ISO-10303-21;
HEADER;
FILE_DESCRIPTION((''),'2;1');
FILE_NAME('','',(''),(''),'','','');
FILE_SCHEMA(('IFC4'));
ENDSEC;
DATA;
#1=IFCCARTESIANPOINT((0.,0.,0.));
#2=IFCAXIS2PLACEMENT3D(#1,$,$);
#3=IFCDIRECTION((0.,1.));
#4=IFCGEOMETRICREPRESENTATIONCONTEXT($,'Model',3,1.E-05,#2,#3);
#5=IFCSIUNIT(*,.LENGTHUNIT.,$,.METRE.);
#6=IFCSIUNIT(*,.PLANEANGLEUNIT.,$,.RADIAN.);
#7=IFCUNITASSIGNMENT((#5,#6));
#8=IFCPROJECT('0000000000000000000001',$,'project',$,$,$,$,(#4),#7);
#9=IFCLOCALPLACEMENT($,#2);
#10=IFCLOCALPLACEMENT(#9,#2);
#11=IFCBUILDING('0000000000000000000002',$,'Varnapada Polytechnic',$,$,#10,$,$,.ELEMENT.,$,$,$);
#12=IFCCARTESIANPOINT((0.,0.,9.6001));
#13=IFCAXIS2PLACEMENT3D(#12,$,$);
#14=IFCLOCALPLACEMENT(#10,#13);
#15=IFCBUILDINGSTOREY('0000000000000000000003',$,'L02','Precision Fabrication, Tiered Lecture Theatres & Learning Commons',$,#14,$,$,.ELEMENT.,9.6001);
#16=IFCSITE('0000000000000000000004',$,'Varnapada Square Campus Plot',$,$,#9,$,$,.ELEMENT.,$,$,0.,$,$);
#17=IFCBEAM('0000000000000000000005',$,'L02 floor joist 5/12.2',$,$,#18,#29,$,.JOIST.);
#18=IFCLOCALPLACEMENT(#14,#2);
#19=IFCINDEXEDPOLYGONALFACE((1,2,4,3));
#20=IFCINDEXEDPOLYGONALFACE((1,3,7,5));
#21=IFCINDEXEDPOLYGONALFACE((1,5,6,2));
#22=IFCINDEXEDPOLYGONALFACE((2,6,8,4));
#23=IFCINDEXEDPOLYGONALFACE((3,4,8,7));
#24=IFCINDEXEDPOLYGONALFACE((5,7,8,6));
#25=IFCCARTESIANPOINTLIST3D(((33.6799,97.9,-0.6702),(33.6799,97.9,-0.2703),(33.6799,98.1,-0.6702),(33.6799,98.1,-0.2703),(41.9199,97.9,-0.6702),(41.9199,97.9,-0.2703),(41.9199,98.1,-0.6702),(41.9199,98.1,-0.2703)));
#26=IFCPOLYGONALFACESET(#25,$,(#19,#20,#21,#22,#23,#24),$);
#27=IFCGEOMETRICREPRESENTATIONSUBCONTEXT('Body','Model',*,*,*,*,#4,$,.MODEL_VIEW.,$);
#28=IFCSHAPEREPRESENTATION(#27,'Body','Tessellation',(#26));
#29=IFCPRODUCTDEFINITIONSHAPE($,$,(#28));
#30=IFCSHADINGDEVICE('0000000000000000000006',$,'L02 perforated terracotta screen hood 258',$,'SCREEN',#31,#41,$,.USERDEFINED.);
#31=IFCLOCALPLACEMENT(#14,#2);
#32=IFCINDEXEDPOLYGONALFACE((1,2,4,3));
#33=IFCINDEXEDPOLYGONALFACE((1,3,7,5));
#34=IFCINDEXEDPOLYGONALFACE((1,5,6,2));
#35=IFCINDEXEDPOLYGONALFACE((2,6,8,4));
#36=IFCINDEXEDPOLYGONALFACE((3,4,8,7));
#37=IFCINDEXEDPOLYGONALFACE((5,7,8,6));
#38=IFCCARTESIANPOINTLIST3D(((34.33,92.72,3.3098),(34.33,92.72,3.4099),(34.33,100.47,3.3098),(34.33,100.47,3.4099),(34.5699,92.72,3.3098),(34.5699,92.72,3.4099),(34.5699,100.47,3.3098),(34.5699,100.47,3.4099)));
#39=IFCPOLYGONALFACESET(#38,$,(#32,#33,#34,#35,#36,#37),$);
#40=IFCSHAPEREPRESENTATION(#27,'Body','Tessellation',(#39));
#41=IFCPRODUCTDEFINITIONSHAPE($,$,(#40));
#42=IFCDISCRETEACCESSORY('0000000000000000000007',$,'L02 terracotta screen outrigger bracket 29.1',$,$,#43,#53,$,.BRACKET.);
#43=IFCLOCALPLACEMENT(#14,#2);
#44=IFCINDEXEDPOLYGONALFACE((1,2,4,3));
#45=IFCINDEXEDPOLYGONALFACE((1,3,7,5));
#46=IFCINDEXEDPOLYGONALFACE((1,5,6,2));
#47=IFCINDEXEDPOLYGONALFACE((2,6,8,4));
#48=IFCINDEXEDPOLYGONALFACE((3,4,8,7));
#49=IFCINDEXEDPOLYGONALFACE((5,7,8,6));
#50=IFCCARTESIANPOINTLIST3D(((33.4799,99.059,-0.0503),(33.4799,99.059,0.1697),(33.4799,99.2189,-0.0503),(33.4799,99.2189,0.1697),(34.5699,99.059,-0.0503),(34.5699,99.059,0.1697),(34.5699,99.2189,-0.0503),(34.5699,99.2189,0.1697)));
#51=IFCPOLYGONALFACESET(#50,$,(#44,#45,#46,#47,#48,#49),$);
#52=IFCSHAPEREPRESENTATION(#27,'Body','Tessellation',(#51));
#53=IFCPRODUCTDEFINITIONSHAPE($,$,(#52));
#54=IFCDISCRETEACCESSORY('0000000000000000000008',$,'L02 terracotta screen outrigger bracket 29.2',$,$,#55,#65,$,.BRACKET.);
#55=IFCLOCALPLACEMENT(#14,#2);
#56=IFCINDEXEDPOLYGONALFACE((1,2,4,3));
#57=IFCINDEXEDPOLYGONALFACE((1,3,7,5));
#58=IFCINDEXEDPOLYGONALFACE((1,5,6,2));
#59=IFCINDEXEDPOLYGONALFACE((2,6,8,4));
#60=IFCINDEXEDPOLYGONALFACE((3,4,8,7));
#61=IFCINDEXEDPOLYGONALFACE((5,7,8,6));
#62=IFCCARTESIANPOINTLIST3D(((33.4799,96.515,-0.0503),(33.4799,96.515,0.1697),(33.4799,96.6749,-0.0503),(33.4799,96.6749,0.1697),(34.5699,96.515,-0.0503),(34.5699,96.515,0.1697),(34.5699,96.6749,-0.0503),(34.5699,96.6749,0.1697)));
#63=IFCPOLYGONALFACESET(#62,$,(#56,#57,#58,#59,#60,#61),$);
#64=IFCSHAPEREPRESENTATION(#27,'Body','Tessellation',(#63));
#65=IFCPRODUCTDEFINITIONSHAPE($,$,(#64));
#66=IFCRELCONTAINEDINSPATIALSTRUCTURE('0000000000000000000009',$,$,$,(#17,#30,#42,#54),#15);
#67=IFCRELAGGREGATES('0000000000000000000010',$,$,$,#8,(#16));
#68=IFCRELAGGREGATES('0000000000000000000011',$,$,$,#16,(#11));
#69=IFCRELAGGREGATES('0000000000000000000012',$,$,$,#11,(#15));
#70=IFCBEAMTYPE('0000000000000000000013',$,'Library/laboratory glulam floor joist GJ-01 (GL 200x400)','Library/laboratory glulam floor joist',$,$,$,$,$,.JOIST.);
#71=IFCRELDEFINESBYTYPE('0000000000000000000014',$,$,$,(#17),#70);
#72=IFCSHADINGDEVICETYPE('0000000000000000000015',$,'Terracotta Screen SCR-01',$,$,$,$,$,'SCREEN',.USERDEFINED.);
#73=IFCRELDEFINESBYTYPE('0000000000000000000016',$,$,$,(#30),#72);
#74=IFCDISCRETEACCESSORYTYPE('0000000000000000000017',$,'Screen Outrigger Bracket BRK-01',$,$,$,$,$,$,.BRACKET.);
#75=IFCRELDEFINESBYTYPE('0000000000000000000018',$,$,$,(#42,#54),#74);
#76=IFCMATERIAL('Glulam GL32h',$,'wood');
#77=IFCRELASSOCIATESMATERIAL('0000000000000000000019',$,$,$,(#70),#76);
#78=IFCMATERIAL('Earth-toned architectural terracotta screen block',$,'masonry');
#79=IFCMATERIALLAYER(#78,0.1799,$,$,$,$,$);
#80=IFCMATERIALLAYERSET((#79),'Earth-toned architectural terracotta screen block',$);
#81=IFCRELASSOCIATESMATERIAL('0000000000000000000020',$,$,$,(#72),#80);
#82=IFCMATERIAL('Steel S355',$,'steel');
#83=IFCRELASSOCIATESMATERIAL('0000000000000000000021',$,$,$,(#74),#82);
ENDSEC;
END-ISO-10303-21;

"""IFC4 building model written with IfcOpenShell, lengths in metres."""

from ifc_helpers import new_model, si_unit, direction, frame, origin, origin_2d, place, context, subcontext, project, spatial, rectangle, extrude, material, layer, layer_set, material_profile, profile_set, type_object, element, save


model = new_model("IFC4")

# Units and contexts
model_context = context("Model", 3, precision=1e-05, world=origin(), true_north=direction((0.0, 1.0)))
body_context = subcontext(model_context, "Body", "Model", "MODEL_VIEW")
ifc_project = project(units=[si_unit("LENGTHUNIT", "METRE"), si_unit("PLANEANGLEUNIT", "RADIAN")], contexts=[model_context])

# Site, building, storey
site_placement = place(None, origin())
site = spatial("IfcSite", under=ifc_project, at=site_placement, Name="Varnapada Square Campus Plot", CompositionType="ELEMENT", RefElevation=0.0)
building_placement = place(site_placement, origin())
building = spatial("IfcBuilding", under=site, at=building_placement, Name="Varnapada Polytechnic", CompositionType="ELEMENT")
storey_placement = place(building_placement, frame((0.0, 0.0, 9.6001)))
storey = spatial("IfcBuildingStorey", under=building, at=storey_placement, Name="L02", Description="Precision Fabrication, Tiered Lecture Theatres & Learning Commons", CompositionType="ELEMENT", Elevation=9.6001)

# Beam
ifc_material_1 = material(Name="Glulam GL32h", Category="wood")
ifc_material_profile = material_profile(ifc_material_1, rectangle(XDim=0.2, YDim=0.3999, at=origin_2d()), Name="GL 200x400")
ifc_profile_set = profile_set([ifc_material_profile], Name="Glulam GL32h")
beam_type = type_object("IfcBeamType", Name="Library/laboratory glulam floor joist GJ-01 (GL 200x400)", Description="Library/laboratory glulam floor joist", PredefinedType="JOIST", material=ifc_profile_set)
beam_placement = place(storey_placement, frame((33.6799, 98.0, -0.4702), z_axis=(1.0, 0.0, 0.0), x_axis=(0.0, 1.0, 0.0)))
element("IfcBeam", 1, at=beam_placement, inside=storey, type_object=beam_type, Name="L02 floor joist 5/12.2", PredefinedType="JOIST", context=body_context, shape_type="SweptSolid", body=[
    extrude(rectangle(XDim=0.2, YDim=0.3999, at=origin_2d()), origin(), (0.0, 0.0, 1.0), 8.24),
])

# Shared definitions
ifc_material_2 = material(Name="Earth-toned architectural terracotta screen block", Category="masonry")

# Shading device
ifc_layer_1 = layer(ifc_material_2, 0.1799)
ifc_layer_set_1 = layer_set([ifc_layer_1], Name="Earth-toned architectural terracotta screen block")
shading_device_type = type_object("IfcShadingDeviceType", Name="Terracotta Screen SCR-01", ElementType="SCREEN", PredefinedType="USERDEFINED", material=ifc_layer_set_1)
shading_device_placement = place(storey_placement, frame((34.45, 96.595, 3.3098), z_axis=(0.0, 0.0, 1.0), x_axis=(0.0, -1.0, 0.0)))
element("IfcShadingDevice", 2, at=shading_device_placement, inside=storey, type_object=shading_device_type, Name="L02 perforated terracotta screen hood 258", ObjectType="SCREEN", PredefinedType="USERDEFINED", context=body_context, shape_type="SweptSolid", body=[
    extrude(rectangle(XDim=7.75, YDim=0.24, at=origin_2d()), origin(), (0.0, 0.0, 1.0), 0.1001),
])

# Discrete accessories
ifc_material_3 = material(Name="Steel S355", Category="steel")
discrete_accessory_type = type_object("IfcDiscreteAccessoryType", Name="Screen Outrigger Bracket BRK-01", PredefinedType="BRACKET", material=ifc_material_3)
for number, where, z_axis, x_axis, name in (
    (3, (34.0249, 99.1389, -0.0503), (0.0, 0.0, 1.0), (0.0, -1.0, 0.0), "L02 terracotta screen outrigger bracket 29.1"),
    (4, (34.0249, 96.595, -0.0503), (0.0, 0.0, 1.0), (0.0, -1.0, 0.0), "L02 terracotta screen outrigger bracket 29.2"),
):
    element("IfcDiscreteAccessory", number, at=place(storey_placement, frame(where, z_axis=z_axis, x_axis=x_axis)), inside=storey, type_object=discrete_accessory_type, Name=name, PredefinedType="BRACKET", context=body_context, shape_type="SweptSolid", body=[
        extrude(rectangle(XDim=0.1599, YDim=1.0901, at=origin_2d()), origin(), (0.0, 0.0, 1.0), 0.22),
    ])

save(model, "model.ifc")
